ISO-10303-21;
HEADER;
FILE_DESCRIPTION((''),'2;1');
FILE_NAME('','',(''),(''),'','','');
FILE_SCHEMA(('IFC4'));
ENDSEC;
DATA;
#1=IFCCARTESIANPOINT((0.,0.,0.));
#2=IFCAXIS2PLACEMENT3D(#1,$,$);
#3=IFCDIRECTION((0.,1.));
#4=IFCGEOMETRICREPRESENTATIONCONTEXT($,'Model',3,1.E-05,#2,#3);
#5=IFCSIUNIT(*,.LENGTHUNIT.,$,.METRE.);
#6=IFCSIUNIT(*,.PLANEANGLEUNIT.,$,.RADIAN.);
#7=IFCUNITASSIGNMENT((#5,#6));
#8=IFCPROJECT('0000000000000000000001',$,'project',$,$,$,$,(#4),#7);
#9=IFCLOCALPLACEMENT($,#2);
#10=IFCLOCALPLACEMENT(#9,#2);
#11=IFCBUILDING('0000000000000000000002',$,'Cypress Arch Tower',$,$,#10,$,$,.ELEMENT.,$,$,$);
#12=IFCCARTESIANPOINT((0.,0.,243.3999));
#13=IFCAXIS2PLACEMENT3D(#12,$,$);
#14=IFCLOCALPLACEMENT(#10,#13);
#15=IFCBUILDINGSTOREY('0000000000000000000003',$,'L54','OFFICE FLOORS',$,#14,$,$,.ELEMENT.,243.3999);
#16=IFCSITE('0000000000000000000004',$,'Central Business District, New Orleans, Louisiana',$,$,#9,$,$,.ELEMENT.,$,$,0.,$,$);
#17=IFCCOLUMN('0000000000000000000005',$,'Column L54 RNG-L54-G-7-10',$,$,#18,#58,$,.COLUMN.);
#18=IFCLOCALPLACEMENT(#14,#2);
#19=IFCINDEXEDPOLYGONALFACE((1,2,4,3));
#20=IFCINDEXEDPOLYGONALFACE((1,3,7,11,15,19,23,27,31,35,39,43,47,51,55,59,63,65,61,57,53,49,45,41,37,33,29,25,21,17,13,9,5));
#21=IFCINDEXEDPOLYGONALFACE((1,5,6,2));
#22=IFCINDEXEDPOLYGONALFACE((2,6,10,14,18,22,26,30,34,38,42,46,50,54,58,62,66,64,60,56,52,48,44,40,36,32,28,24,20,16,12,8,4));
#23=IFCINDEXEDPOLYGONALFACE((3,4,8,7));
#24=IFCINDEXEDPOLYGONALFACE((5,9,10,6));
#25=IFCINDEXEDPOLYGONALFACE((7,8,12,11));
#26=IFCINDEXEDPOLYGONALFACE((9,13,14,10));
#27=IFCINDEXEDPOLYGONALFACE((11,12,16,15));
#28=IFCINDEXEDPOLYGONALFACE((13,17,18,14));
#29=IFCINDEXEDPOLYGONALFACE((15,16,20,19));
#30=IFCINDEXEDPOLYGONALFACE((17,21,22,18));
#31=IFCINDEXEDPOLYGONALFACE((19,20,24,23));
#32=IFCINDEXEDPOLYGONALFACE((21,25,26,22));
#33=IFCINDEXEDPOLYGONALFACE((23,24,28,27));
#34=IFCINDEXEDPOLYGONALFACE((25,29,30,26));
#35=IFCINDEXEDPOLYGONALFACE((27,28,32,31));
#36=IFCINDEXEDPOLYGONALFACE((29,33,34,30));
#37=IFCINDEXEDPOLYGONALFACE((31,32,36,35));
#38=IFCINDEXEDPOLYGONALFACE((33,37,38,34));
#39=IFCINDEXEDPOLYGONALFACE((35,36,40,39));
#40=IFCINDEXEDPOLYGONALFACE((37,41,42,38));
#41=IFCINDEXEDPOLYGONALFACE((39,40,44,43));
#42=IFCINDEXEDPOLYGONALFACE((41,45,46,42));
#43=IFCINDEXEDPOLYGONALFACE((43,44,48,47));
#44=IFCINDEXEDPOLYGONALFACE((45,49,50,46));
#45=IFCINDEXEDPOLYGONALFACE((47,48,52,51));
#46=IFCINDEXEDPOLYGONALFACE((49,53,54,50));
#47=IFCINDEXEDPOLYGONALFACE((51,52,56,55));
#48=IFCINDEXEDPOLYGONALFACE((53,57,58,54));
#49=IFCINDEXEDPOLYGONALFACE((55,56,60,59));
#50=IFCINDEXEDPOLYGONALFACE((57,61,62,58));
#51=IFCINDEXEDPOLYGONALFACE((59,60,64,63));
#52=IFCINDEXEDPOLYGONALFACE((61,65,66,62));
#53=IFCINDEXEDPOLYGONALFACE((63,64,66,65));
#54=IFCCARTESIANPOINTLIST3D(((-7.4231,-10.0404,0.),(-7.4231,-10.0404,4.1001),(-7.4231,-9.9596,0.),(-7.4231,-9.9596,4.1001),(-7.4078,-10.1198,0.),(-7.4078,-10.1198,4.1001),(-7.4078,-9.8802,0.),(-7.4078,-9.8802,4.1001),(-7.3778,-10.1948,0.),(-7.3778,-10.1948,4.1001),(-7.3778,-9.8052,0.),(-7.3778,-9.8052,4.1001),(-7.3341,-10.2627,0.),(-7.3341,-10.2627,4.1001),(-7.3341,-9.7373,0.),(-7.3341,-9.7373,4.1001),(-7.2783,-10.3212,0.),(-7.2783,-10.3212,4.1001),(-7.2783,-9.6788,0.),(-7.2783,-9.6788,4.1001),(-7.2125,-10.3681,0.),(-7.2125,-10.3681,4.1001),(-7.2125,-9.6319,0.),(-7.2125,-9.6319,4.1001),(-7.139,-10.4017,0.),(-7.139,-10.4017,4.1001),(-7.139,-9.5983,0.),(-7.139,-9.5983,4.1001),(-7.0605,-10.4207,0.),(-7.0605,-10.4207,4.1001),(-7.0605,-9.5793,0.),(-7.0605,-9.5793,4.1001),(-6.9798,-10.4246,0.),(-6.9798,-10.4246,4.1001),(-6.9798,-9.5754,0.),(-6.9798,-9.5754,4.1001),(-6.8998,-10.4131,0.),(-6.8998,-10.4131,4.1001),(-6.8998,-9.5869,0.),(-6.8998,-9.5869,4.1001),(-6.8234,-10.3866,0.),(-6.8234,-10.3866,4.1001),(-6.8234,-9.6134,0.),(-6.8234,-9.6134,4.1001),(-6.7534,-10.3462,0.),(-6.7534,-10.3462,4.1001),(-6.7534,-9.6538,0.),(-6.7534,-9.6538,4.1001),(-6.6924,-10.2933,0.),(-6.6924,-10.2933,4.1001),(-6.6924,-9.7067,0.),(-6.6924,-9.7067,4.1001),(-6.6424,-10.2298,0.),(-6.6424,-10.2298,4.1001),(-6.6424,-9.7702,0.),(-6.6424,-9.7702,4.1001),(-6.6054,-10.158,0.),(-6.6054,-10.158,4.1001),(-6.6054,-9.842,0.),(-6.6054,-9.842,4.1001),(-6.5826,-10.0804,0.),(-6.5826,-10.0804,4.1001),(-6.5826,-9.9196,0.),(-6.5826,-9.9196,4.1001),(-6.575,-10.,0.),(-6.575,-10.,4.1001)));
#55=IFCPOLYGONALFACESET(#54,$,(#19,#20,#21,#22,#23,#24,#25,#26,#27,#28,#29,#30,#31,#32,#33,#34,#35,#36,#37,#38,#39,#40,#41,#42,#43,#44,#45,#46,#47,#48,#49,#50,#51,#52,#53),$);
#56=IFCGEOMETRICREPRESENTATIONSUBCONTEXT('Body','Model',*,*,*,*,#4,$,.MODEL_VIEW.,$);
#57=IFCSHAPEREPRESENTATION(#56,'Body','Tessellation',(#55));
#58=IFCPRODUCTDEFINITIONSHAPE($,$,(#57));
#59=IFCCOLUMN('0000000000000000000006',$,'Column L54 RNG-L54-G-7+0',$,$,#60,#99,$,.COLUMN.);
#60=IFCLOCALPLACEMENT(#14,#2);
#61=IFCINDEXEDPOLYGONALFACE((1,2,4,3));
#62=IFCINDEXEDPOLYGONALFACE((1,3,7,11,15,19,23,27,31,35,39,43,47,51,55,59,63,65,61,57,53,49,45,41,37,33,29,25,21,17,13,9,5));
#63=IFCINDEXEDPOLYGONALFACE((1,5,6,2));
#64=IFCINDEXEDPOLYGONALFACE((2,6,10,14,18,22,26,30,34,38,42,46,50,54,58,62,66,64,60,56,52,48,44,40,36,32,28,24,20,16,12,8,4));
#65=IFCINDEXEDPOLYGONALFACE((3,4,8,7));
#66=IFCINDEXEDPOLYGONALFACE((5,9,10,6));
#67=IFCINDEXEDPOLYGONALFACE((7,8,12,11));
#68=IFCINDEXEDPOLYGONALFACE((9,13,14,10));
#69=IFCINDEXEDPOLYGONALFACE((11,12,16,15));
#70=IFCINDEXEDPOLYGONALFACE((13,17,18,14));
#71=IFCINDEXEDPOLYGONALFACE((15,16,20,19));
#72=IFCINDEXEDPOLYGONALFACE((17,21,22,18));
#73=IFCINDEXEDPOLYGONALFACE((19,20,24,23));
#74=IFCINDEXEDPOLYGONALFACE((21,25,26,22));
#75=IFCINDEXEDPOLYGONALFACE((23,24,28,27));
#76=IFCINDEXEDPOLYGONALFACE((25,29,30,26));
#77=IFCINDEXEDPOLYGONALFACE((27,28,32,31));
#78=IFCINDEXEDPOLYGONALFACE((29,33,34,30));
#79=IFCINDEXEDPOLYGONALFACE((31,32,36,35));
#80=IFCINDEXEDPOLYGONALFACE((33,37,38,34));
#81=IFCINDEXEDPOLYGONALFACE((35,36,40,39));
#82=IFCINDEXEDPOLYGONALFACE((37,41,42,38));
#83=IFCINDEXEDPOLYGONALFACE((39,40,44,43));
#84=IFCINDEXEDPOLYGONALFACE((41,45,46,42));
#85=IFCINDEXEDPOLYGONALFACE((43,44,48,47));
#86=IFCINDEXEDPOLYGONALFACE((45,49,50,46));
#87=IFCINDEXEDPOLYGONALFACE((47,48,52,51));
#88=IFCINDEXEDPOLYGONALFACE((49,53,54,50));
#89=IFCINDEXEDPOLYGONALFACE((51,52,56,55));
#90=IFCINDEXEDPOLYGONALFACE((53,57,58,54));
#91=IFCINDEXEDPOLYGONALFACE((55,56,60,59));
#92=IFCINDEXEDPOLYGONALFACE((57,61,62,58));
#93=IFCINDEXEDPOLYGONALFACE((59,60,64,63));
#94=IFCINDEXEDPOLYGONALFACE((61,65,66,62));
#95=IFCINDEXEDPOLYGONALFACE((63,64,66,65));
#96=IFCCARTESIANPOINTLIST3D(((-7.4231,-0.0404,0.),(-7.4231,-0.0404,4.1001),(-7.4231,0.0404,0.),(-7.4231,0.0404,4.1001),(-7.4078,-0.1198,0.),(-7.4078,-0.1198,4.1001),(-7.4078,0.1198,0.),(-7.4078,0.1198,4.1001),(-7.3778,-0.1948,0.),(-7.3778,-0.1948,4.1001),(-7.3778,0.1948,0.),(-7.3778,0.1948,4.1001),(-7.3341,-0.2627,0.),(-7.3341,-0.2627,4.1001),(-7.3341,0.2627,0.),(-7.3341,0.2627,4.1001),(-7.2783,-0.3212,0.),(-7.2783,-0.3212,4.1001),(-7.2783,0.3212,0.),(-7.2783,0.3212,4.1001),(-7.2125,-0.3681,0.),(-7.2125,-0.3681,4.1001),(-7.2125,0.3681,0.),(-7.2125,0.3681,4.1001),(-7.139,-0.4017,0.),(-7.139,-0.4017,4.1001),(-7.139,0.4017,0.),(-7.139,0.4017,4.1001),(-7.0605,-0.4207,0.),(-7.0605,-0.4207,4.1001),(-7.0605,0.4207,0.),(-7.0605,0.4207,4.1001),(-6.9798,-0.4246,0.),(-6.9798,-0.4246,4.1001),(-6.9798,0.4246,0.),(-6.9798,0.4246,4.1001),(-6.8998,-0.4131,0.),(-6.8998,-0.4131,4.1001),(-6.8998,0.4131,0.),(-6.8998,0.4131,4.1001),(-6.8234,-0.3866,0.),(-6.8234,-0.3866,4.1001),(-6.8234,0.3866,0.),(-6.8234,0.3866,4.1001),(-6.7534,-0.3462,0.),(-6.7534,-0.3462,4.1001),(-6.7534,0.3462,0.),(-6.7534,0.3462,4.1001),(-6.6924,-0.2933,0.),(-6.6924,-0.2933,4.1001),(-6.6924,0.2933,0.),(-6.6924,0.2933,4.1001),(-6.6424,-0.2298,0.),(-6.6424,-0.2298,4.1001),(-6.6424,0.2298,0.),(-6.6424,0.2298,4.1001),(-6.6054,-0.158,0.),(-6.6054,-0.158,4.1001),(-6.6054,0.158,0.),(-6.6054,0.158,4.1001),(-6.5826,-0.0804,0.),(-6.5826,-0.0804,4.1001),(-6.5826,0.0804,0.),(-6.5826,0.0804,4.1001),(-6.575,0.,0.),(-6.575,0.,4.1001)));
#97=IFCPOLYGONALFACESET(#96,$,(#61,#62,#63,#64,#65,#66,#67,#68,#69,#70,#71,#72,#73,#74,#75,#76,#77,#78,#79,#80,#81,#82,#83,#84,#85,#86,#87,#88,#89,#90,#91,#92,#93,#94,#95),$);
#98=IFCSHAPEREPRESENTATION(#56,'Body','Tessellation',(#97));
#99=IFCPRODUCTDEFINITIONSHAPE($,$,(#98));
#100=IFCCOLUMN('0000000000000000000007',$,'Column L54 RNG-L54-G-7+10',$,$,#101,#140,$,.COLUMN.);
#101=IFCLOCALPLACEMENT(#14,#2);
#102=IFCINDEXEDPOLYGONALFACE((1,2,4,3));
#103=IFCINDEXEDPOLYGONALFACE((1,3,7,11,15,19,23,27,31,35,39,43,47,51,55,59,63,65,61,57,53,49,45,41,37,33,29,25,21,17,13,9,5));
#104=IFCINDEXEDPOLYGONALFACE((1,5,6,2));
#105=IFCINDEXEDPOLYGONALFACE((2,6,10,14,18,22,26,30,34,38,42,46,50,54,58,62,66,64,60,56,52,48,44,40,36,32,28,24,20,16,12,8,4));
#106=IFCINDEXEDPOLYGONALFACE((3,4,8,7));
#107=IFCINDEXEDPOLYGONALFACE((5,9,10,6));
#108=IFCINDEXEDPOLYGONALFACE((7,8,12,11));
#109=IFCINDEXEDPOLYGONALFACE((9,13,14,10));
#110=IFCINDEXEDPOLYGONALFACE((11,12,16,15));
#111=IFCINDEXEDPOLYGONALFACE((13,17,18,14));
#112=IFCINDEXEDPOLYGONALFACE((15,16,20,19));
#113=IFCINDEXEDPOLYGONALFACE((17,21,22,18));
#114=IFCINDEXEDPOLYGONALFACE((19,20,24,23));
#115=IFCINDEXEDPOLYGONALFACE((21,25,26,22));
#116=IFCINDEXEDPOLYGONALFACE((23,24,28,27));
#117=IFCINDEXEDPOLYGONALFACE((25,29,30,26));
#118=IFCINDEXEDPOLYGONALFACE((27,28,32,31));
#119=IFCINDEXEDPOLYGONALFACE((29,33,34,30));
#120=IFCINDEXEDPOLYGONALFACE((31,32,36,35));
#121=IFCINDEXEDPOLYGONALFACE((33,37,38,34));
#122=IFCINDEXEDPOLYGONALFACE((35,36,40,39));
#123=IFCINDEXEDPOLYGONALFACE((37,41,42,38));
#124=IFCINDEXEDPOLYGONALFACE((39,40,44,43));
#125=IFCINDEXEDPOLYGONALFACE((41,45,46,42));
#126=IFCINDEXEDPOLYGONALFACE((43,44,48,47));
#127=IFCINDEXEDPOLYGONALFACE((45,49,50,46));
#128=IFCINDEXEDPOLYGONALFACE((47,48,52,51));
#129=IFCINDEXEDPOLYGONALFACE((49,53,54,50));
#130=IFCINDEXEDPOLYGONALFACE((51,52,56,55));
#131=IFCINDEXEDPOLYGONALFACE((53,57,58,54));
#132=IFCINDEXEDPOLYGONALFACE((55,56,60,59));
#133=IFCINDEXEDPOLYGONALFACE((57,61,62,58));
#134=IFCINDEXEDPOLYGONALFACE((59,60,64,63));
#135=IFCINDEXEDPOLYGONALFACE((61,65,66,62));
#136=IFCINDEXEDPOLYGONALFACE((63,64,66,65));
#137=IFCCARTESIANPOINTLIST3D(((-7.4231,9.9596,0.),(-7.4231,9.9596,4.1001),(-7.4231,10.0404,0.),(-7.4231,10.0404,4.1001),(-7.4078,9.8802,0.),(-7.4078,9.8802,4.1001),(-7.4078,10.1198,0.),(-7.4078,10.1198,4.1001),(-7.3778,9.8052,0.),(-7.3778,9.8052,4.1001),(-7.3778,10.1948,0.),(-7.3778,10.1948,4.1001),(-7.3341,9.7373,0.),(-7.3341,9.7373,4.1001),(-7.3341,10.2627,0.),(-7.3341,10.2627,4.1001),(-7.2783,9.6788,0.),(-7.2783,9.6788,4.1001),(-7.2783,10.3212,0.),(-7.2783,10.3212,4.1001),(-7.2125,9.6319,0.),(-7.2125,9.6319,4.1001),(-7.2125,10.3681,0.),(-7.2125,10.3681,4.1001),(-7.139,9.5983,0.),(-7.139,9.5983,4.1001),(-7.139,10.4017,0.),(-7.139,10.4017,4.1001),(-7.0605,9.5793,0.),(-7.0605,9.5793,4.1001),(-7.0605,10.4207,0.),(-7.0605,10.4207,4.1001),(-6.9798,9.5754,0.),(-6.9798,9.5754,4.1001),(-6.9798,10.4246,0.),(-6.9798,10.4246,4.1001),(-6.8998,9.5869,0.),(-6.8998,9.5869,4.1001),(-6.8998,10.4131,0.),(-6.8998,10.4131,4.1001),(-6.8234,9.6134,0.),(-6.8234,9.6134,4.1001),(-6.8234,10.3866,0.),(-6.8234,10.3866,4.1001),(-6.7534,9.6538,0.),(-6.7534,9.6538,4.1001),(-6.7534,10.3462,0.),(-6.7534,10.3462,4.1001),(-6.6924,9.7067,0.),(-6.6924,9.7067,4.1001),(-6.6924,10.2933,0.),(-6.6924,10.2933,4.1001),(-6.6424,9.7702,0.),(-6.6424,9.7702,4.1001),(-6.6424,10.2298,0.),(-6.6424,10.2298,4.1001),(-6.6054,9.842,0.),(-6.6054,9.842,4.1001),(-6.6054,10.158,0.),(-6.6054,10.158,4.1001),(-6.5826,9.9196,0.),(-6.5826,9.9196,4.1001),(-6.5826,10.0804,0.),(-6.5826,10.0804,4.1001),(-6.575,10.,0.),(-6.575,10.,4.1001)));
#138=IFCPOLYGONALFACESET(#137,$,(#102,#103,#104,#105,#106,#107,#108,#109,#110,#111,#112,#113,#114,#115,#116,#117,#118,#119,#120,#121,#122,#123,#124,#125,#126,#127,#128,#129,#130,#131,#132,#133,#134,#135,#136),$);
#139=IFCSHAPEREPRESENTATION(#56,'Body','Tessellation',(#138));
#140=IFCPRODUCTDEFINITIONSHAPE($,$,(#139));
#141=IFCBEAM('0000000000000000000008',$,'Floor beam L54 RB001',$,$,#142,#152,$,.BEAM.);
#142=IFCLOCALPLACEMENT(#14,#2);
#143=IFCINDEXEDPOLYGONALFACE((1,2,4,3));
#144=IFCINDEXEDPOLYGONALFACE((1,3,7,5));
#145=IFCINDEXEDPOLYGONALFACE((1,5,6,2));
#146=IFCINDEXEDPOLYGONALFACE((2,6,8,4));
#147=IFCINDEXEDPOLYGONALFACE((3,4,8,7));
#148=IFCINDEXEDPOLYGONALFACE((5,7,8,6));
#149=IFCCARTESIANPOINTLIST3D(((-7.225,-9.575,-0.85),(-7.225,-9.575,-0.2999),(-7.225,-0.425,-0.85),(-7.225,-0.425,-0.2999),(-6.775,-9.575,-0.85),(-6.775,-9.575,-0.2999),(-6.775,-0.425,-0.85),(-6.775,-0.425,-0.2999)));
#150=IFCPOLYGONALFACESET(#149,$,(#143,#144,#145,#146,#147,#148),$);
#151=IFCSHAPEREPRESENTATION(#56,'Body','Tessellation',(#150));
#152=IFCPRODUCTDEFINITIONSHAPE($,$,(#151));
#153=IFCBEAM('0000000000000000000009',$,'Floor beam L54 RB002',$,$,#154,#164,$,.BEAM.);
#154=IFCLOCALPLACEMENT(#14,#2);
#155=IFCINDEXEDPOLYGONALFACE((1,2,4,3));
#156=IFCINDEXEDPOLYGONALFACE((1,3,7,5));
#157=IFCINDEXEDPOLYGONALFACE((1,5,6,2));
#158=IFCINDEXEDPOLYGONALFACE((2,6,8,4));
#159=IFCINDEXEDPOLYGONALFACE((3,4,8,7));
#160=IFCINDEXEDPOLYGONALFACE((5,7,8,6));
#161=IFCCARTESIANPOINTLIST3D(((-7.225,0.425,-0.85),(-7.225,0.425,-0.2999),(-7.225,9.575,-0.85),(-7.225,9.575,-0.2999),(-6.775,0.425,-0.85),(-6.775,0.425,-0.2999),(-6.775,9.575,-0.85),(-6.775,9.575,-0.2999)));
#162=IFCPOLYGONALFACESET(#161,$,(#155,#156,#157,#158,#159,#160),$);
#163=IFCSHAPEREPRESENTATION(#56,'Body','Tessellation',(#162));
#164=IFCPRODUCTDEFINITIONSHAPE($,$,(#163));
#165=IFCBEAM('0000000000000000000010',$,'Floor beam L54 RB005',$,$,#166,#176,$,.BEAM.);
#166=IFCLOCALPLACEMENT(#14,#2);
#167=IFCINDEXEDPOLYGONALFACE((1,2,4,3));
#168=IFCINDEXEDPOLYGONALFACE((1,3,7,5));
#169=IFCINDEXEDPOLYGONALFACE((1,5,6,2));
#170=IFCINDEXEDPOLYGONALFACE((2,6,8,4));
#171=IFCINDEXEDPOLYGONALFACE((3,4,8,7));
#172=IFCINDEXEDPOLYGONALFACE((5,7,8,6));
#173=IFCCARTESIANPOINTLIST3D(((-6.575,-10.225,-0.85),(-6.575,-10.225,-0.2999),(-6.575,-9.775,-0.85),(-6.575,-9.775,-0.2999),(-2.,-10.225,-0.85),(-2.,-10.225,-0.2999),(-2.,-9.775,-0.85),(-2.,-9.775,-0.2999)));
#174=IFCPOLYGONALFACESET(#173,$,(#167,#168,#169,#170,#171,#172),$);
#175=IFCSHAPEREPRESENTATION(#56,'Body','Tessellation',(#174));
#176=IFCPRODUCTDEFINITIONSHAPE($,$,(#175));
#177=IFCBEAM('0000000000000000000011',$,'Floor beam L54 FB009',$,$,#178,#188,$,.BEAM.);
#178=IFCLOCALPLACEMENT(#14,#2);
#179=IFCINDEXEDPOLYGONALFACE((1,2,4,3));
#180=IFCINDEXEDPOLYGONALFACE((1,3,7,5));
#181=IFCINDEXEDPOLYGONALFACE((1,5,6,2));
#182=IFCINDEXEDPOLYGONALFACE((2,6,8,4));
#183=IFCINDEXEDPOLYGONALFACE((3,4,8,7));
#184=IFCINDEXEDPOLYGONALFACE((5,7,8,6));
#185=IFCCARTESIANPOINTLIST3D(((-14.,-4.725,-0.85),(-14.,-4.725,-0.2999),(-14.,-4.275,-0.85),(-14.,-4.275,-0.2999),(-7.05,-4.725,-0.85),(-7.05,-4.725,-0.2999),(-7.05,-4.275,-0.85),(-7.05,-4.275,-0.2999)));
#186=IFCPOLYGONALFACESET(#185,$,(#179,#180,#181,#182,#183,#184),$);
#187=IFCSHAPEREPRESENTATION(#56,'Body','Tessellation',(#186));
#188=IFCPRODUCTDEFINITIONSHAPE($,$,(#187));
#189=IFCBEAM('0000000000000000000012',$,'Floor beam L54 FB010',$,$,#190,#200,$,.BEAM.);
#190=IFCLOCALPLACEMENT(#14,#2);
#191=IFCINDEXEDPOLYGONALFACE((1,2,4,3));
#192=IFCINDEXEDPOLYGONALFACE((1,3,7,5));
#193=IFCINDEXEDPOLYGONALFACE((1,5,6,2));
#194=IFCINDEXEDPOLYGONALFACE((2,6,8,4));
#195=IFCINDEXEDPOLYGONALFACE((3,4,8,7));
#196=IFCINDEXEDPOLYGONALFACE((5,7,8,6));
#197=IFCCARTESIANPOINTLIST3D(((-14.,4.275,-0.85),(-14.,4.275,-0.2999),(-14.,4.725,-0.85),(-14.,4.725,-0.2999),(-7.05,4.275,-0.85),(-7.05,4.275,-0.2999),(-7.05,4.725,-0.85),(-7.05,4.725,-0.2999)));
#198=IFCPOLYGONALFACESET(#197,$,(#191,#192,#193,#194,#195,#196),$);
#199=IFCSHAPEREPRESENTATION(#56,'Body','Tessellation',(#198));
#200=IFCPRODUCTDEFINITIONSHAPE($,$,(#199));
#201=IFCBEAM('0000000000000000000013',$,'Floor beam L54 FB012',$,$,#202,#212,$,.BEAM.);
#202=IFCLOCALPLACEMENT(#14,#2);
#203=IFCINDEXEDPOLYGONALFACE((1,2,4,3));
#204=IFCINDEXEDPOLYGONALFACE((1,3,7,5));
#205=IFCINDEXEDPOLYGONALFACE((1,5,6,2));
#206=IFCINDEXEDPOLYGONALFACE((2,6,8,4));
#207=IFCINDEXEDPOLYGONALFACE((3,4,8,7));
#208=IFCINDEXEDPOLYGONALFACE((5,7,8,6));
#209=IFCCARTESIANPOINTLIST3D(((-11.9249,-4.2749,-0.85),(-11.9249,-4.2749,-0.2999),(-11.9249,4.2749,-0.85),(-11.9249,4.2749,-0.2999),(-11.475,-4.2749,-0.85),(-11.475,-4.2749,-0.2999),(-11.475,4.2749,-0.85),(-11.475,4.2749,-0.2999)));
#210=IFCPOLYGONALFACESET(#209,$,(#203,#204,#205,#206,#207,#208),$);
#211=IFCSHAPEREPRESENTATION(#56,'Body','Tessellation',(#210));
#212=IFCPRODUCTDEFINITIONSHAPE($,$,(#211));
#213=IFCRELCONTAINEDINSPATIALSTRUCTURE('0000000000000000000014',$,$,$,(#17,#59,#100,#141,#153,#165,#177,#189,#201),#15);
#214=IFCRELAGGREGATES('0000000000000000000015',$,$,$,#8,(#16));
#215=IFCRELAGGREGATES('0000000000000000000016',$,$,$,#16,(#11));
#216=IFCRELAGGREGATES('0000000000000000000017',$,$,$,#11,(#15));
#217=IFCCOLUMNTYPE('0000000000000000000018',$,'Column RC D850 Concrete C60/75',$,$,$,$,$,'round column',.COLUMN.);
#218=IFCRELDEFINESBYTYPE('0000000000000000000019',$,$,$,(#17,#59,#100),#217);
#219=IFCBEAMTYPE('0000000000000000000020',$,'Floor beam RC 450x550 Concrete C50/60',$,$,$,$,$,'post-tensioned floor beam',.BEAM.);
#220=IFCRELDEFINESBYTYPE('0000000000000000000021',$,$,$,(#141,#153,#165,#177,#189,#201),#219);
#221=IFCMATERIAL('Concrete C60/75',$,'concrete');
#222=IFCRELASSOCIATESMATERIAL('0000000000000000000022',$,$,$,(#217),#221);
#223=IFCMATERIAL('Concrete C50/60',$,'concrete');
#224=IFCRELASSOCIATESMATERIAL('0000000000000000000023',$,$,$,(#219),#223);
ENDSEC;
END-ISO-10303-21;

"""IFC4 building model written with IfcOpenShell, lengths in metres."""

from ifc_helpers import new_model, si_unit, direction, frame, origin, origin_2d, place, context, subcontext, project, spatial, rectangle, circle, extrude, material, material_profile, profile_set, type_object, element, save


model = new_model("IFC4")

# Units and contexts
model_context = context("Model", 3, precision=1e-05, world=origin(), true_north=direction((0.0, 1.0)))
body_context = subcontext(model_context, "Body", "Model", "MODEL_VIEW")
ifc_project = project(units=[si_unit("LENGTHUNIT", "METRE"), si_unit("PLANEANGLEUNIT", "RADIAN")], contexts=[model_context])

# Site, building, storey
site_placement = place(None, origin())
site = spatial("IfcSite", under=ifc_project, at=site_placement, Name="Central Business District, New Orleans, Louisiana", CompositionType="ELEMENT", RefElevation=0.0)
building_placement = place(site_placement, origin())
building = spatial("IfcBuilding", under=site, at=building_placement, Name="Cypress Arch Tower", CompositionType="ELEMENT")
storey_placement = place(building_placement, frame((0.0, 0.0, 243.3999)))
storey = spatial("IfcBuildingStorey", under=building, at=storey_placement, Name="L54", Description="OFFICE FLOORS", CompositionType="ELEMENT", Elevation=243.3999)

# Columns
ifc_material_1 = material(Name="Concrete C60/75", Category="concrete")
ifc_material_profile_1 = material_profile(ifc_material_1, circle(Radius=0.425, at=origin_2d()), Name="RC D850")
ifc_profile_set_1 = profile_set([ifc_material_profile_1], Name="Concrete C60/75")
column_type = type_object("IfcColumnType", Name="Column RC D850 Concrete C60/75", ElementType="round column", PredefinedType="COLUMN", material=ifc_profile_set_1)
for number, where, z_axis, x_axis, name in (
    (1, (-7.0, -10.0, 0.0), (0.0, 0.0, 1.0), (1.0, 0.0, 0.0), "Column L54 RNG-L54-G-7-10"),
    (2, (-7.0, 0.0, 0.0), (0.0, 0.0, 1.0), (1.0, 0.0, 0.0), "Column L54 RNG-L54-G-7+0"),
    (3, (-7.0, 10.0, 0.0), (0.0, 0.0, 1.0), (1.0, 0.0, 0.0), "Column L54 RNG-L54-G-7+10"),
):
    element("IfcColumn", number, at=place(storey_placement, frame(where, z_axis=z_axis, x_axis=x_axis)), inside=storey, type_object=column_type, Name=name, PredefinedType="COLUMN", context=body_context, shape_type="SweptSolid", body=[
        extrude(circle(Radius=0.425, at=origin_2d()), origin(), (0.0, 0.0, 1.0), 4.1001),
    ])

# Beams
ifc_material_2 = material(Name="Concrete C50/60", Category="concrete")
ifc_material_profile_2 = material_profile(ifc_material_2, rectangle(XDim=0.45, YDim=0.55, at=origin_2d()), Name="RC 450x550")
ifc_profile_set_2 = profile_set([ifc_material_profile_2], Name="Concrete C50/60")
beam_type = type_object("IfcBeamType", Name="Floor beam RC 450x550 Concrete C50/60", ElementType="post-tensioned floor beam", PredefinedType="BEAM", material=ifc_profile_set_2)
for number, where, z_axis, x_axis, name in (
    (4, (-7.0, -9.575, -0.575), (0.0, 1.0, 0.0), (-1.0, 0.0, 0.0), "Floor beam L54 RB001"),
    (5, (-7.0, 0.425, -0.575), (0.0, 1.0, 0.0), (-1.0, 0.0, 0.0), "Floor beam L54 RB002"),
):
    element("IfcBeam", number, at=place(storey_placement, frame(where, z_axis=z_axis, x_axis=x_axis)), inside=storey, type_object=beam_type, Name=name, PredefinedType="BEAM", context=body_context, shape_type="SweptSolid", body=[
        extrude(rectangle(XDim=0.45, YDim=0.55, at=origin_2d()), origin(), (0.0, 0.0, 1.0), 9.1499),
    ])
beam_1_placement = place(storey_placement, frame((-6.575, -10.0, -0.575), z_axis=(1.0, 0.0, 0.0), x_axis=(0.0, 1.0, 0.0)))
element("IfcBeam", 6, at=beam_1_placement, inside=storey, type_object=beam_type, Name="Floor beam L54 RB005", PredefinedType="BEAM", context=body_context, shape_type="SweptSolid", body=[
    extrude(rectangle(XDim=0.45, YDim=0.55, at=origin_2d()), origin(), (0.0, 0.0, 1.0), 4.575),
])
for number, where, z_axis, x_axis, name in (
    (7, (-14.0, -4.5, -0.575), (1.0, 0.0, 0.0), (0.0, 1.0, 0.0), "Floor beam L54 FB009"),
    (8, (-14.0, 4.5, -0.575), (1.0, 0.0, 0.0), (0.0, 1.0, 0.0), "Floor beam L54 FB010"),
):
    element("IfcBeam", number, at=place(storey_placement, frame(where, z_axis=z_axis, x_axis=x_axis)), inside=storey, type_object=beam_type, Name=name, PredefinedType="BEAM", context=body_context, shape_type="SweptSolid", body=[
        extrude(rectangle(XDim=0.45, YDim=0.55, at=origin_2d()), origin(), (0.0, 0.0, 1.0), 6.95),
    ])
beam_2_placement = place(storey_placement, frame((-11.7, -4.2749, -0.575), z_axis=(0.0, 1.0, 0.0), x_axis=(-1.0, 0.0, 0.0)))
element("IfcBeam", 9, at=beam_2_placement, inside=storey, type_object=beam_type, Name="Floor beam L54 FB012", PredefinedType="BEAM", context=body_context, shape_type="SweptSolid", body=[
    extrude(rectangle(XDim=0.45, YDim=0.55, at=origin_2d()), origin(), (0.0, 0.0, 1.0), 8.5498),
])

save(model, "model.ifc")
